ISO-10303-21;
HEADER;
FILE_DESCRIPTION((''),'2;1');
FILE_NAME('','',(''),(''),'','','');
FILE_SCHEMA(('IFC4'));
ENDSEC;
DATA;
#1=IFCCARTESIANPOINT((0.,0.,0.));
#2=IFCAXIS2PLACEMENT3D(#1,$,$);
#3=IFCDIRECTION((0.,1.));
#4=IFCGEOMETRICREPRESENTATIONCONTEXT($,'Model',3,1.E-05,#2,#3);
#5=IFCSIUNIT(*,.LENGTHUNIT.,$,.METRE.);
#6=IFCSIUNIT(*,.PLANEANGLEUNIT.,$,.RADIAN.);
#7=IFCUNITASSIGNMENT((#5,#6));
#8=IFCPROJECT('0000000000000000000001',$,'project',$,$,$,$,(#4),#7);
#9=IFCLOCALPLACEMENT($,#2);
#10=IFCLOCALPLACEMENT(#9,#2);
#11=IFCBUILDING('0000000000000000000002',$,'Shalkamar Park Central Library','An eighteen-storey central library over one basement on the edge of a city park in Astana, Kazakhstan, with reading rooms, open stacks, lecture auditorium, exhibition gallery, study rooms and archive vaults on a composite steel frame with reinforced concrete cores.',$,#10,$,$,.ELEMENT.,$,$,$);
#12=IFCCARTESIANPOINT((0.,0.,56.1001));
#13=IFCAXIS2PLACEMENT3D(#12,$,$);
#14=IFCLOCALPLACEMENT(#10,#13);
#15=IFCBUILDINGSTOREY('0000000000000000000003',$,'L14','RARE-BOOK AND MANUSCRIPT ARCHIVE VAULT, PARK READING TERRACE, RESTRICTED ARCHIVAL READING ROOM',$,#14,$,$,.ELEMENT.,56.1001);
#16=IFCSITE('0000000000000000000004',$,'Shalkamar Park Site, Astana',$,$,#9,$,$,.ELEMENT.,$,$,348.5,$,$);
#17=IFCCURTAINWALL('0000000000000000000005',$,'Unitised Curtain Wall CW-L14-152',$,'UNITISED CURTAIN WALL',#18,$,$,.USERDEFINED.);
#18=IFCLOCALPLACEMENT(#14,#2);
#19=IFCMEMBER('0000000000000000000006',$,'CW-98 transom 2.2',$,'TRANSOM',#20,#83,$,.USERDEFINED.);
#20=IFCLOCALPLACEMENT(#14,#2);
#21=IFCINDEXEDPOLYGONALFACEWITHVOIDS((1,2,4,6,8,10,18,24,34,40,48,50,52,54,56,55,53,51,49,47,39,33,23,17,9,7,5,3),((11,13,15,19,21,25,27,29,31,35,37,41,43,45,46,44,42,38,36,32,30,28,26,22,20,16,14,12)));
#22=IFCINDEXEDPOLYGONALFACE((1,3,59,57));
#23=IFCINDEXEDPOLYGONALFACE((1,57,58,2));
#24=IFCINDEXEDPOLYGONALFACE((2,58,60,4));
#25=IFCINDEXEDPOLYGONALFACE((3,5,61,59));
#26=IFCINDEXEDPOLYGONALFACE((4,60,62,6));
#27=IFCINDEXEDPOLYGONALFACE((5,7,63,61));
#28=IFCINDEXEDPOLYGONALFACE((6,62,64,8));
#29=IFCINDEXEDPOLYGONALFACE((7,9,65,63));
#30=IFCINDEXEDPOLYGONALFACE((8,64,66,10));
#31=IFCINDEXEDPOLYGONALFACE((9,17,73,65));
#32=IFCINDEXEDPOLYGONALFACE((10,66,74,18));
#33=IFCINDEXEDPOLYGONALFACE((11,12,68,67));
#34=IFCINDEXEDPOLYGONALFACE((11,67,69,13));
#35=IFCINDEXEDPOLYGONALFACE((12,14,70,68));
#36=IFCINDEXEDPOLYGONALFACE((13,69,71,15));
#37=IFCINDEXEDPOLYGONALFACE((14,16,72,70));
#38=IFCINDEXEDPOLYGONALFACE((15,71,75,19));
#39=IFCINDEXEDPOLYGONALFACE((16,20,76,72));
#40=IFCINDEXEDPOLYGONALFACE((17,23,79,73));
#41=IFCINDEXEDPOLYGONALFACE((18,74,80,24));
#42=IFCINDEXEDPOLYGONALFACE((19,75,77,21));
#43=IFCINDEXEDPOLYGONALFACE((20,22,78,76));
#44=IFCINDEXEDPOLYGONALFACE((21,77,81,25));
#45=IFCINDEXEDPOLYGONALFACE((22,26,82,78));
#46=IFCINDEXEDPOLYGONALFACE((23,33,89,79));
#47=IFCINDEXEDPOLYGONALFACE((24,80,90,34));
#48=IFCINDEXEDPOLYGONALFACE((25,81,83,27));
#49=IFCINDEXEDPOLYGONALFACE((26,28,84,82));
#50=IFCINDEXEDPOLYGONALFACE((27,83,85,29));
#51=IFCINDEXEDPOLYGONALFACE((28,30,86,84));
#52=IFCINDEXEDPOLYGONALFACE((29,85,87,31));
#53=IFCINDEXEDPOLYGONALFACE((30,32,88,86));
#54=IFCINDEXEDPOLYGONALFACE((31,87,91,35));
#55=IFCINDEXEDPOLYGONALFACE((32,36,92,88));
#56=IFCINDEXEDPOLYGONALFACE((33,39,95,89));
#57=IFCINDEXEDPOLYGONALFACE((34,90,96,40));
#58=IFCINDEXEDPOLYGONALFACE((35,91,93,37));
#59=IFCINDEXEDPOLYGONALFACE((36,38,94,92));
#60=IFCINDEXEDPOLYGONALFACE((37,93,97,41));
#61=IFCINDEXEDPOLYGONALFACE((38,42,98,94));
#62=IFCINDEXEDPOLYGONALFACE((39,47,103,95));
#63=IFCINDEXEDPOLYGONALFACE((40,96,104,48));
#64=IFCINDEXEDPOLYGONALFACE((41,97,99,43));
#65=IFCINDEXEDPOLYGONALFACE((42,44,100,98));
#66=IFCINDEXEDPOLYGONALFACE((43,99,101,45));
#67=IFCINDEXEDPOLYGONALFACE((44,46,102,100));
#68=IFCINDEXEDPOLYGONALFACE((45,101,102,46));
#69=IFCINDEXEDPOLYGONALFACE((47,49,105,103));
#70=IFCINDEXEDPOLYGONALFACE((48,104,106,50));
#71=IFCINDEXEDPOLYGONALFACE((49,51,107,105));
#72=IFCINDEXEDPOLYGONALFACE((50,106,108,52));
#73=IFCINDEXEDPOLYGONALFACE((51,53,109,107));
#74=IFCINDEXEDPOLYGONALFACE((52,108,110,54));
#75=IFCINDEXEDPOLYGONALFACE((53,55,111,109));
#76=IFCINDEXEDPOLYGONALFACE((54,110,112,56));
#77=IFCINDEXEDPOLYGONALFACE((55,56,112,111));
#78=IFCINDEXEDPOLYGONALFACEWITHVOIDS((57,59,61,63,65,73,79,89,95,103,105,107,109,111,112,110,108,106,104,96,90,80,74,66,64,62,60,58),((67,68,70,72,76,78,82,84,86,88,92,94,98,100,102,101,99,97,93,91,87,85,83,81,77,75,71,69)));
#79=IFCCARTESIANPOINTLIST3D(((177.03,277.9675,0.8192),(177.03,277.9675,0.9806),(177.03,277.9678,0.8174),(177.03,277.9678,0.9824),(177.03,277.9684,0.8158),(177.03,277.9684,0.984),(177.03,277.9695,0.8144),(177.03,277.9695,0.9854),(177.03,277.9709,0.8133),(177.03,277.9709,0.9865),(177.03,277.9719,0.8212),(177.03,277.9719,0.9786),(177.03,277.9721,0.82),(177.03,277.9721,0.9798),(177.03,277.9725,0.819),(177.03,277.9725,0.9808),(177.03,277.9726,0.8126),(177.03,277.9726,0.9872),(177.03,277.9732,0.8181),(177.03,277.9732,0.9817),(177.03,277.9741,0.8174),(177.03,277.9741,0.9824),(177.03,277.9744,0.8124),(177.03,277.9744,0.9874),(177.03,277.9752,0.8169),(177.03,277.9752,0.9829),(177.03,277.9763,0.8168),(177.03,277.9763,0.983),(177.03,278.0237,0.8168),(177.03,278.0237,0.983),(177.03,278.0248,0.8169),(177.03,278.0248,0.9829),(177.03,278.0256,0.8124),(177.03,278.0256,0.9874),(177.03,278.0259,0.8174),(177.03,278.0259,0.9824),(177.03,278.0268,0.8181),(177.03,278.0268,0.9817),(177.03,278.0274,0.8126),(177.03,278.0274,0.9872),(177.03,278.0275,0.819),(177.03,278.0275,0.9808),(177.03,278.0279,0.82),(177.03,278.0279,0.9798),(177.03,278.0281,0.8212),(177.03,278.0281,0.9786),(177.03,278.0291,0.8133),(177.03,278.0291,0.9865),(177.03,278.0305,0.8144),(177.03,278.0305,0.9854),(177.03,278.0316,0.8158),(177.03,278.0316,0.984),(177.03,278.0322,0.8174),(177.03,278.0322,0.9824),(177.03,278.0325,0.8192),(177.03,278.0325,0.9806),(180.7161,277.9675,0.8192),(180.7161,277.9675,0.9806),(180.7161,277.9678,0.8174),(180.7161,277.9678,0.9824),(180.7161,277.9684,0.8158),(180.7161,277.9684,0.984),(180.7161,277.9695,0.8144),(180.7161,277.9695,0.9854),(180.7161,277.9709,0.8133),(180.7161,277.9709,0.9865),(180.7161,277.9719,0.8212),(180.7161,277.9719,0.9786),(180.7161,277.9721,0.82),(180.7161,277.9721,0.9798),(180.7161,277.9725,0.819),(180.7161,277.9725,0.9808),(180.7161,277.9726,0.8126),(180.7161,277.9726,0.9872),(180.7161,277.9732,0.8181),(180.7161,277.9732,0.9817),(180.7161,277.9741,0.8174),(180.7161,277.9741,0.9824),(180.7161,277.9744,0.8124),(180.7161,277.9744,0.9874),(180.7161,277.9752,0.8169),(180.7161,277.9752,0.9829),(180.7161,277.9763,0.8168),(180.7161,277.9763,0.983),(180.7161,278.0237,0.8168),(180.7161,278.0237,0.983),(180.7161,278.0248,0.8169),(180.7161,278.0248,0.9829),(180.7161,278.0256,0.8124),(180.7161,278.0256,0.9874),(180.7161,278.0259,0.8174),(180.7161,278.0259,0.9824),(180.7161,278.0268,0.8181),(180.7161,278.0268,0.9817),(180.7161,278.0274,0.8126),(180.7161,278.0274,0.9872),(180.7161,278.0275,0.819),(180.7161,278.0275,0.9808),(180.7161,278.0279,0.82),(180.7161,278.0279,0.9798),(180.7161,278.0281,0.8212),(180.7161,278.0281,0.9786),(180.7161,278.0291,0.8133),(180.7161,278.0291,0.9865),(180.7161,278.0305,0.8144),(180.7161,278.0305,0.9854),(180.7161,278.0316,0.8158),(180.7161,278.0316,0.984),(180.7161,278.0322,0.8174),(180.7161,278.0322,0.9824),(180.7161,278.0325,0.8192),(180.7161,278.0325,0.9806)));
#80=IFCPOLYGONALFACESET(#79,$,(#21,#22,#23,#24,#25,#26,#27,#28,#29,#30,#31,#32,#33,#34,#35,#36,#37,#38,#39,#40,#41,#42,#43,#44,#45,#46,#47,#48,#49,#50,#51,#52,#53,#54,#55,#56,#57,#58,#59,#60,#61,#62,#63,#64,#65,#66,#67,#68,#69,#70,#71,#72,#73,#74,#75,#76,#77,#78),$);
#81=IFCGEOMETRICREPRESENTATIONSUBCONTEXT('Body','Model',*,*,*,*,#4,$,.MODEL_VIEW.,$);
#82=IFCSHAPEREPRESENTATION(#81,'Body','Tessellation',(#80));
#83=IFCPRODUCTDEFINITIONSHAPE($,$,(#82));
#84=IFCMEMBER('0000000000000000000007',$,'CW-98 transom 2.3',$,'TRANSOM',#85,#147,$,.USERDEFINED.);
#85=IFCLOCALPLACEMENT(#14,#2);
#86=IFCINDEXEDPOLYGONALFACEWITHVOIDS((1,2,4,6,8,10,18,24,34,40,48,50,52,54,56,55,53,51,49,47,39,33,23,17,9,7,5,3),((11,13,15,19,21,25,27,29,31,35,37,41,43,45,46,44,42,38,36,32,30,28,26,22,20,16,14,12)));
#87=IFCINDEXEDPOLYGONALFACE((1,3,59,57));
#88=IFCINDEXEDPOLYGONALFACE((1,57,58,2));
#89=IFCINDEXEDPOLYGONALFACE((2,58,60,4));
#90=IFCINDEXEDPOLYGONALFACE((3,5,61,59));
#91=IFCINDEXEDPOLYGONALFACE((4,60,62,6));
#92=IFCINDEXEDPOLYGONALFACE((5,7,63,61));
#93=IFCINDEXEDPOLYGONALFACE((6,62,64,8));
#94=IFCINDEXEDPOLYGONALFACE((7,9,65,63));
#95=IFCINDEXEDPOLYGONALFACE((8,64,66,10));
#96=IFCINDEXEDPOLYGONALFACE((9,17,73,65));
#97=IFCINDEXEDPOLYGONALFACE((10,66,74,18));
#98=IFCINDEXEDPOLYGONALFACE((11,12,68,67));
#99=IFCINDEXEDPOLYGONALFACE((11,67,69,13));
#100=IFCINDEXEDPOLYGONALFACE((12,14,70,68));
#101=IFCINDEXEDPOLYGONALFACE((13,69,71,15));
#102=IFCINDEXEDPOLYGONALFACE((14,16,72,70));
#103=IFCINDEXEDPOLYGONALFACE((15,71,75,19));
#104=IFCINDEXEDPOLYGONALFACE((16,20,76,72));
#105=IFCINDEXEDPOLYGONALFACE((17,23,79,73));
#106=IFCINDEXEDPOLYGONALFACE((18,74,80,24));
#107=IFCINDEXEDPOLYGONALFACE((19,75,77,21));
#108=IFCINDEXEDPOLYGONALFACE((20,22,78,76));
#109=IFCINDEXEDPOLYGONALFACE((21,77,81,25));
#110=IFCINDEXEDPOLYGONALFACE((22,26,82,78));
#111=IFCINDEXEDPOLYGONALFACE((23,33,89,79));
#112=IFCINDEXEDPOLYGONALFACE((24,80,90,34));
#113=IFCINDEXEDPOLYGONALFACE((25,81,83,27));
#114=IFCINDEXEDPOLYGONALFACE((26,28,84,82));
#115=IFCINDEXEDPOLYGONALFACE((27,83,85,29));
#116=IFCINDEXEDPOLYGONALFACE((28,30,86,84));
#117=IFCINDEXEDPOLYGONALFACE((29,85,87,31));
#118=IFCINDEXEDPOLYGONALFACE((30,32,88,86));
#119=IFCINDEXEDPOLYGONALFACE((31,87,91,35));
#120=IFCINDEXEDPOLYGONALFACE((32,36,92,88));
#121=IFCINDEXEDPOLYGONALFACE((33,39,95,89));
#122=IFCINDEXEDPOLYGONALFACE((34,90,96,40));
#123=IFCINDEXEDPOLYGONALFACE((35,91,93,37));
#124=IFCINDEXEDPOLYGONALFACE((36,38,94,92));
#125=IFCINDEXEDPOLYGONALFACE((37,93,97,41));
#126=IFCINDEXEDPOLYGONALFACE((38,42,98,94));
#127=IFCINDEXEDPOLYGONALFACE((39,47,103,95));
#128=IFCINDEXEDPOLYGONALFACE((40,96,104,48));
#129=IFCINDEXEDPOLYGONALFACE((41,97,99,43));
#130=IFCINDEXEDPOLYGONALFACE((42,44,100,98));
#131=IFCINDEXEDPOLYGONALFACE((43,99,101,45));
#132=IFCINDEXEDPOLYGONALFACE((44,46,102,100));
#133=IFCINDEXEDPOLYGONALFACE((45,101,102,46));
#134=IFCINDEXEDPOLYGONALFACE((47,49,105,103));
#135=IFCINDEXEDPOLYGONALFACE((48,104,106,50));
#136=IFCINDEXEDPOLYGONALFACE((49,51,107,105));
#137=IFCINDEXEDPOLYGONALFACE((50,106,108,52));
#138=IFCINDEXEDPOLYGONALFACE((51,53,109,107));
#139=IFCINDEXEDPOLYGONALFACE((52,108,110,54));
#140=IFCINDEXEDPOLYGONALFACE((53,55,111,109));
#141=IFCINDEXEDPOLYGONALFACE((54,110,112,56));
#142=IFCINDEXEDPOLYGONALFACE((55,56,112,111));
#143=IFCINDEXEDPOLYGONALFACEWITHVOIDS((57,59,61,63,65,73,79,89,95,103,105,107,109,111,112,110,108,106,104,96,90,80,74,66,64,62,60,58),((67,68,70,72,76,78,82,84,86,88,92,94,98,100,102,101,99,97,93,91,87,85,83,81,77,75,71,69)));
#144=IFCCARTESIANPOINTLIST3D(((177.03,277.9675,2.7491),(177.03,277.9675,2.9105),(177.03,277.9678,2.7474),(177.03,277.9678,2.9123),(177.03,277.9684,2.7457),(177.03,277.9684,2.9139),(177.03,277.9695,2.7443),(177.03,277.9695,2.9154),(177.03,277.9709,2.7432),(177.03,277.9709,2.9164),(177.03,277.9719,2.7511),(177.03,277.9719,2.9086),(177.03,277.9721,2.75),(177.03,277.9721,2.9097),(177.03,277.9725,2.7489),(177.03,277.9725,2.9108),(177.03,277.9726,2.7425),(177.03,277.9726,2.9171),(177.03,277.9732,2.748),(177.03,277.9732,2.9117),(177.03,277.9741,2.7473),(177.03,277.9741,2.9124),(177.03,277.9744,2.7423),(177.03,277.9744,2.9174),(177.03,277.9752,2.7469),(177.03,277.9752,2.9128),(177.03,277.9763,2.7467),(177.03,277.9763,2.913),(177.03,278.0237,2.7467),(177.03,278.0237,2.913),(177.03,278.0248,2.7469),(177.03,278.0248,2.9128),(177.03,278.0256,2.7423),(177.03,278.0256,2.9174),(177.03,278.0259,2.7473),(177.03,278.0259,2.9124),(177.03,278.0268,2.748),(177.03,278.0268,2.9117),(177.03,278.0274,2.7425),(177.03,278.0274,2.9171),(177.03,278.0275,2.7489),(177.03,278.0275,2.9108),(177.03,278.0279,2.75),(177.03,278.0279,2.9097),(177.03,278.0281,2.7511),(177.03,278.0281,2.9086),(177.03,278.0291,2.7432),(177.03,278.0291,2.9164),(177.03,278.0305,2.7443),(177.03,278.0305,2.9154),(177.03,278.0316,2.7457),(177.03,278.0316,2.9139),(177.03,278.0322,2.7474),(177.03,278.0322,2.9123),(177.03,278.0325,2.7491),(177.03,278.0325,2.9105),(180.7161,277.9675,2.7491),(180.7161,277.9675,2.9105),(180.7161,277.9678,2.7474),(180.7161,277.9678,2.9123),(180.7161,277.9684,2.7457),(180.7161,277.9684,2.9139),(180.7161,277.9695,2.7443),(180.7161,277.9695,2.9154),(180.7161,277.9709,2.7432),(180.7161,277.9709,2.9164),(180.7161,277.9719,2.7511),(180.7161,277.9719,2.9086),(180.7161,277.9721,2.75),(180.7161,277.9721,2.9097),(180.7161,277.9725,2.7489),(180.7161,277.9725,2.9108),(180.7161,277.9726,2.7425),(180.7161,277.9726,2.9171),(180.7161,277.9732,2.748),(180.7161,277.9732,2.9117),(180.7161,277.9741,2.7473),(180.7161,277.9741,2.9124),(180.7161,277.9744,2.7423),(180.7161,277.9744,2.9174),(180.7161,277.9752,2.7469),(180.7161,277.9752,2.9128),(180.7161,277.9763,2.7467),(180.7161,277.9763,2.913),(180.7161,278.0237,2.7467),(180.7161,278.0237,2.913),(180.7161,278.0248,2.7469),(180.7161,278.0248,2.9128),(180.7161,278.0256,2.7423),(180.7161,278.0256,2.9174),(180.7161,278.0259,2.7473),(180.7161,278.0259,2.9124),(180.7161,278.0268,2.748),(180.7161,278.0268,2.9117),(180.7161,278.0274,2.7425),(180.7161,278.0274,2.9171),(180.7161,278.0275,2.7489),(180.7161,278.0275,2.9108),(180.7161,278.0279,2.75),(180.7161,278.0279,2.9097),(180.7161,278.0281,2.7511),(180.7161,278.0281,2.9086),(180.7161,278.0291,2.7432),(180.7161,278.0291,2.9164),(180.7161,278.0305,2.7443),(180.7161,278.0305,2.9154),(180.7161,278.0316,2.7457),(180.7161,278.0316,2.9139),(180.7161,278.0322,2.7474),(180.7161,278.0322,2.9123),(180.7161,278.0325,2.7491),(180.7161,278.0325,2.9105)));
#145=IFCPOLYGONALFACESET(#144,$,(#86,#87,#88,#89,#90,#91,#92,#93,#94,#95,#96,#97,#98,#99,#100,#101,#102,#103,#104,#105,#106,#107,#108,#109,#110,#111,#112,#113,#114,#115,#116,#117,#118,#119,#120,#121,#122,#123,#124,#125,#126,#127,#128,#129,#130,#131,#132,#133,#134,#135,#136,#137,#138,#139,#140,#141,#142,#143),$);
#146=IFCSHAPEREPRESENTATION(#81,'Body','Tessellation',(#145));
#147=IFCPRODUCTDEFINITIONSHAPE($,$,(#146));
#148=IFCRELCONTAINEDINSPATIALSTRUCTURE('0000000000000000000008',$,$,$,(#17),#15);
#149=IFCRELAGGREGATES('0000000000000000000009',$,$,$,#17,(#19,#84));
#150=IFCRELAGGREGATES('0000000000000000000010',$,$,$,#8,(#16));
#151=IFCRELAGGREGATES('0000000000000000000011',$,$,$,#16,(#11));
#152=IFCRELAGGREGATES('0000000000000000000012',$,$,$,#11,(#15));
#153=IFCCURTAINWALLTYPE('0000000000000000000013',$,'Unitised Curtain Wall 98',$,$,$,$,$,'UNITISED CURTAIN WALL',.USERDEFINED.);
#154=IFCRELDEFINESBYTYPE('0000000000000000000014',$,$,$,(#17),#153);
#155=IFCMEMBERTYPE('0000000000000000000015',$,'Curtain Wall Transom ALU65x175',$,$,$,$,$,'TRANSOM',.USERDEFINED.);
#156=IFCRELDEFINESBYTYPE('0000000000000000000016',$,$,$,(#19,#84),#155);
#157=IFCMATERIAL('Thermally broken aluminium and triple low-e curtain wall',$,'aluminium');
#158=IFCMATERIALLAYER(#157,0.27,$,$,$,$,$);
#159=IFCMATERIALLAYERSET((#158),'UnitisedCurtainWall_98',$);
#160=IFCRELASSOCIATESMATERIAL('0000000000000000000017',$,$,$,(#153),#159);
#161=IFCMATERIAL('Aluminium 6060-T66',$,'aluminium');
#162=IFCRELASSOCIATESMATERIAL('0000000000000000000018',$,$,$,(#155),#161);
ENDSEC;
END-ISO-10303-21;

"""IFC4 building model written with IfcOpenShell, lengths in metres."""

from ifc_helpers import new_model, si_unit, direction, frame, origin, origin_2d, place, context, subcontext, project, spatial, hollow_rectangle, extrude, material, layer, layer_set, material_profile, profile_set, type_object, element, aggregate, save


model = new_model("IFC4")

# Units and contexts
model_context = context("Model", 3, precision=1e-05, world=origin(), true_north=direction((0.0, 1.0)))
body_context = subcontext(model_context, "Body", "Model", "MODEL_VIEW")
ifc_project = project(units=[si_unit("LENGTHUNIT", "METRE"), si_unit("PLANEANGLEUNIT", "RADIAN")], contexts=[model_context])

# Site, building, storey
site_placement = place(None, origin())
site = spatial("IfcSite", under=ifc_project, at=site_placement, Name="Shalkamar Park Site, Astana", CompositionType="ELEMENT", RefElevation=348.5)
building_placement = place(site_placement, origin())
building = spatial("IfcBuilding", under=site, at=building_placement, Name="Shalkamar Park Central Library", Description="An eighteen-storey central library over one basement on the edge of a city park in Astana, Kazakhstan, with reading rooms, open stacks, lecture auditorium, exhibition gallery, study rooms and archive vaults on a composite steel frame with reinforced concrete cores.", CompositionType="ELEMENT")
storey_placement = place(building_placement, frame((0.0, 0.0, 56.1001)))
storey = spatial("IfcBuildingStorey", under=building, at=storey_placement, Name="L14", Description="RARE-BOOK AND MANUSCRIPT ARCHIVE VAULT, PARK READING TERRACE, RESTRICTED ARCHIVAL READING ROOM", CompositionType="ELEMENT", Elevation=56.1001)

# Curtain wall
ifc_material_1 = material(Name="Thermally broken aluminium and triple low-e curtain wall", Category="aluminium")
ifc_layer_1 = layer(ifc_material_1, 0.27)
ifc_layer_set_1 = layer_set([ifc_layer_1], Name="UnitisedCurtainWall_98")
curtain_wall_type_1 = type_object("IfcCurtainWallType", Name="Unitised Curtain Wall 98", ElementType="UNITISED CURTAIN WALL", PredefinedType="USERDEFINED", material=ifc_layer_set_1)
curtain_wall_1_placement = place(storey_placement, origin())
curtain_wall_1 = element("IfcCurtainWall", 1, at=curtain_wall_1_placement, inside=storey, type_object=curtain_wall_type_1, Name="Unitised Curtain Wall CW-L14-152", ObjectType="UNITISED CURTAIN WALL", PredefinedType="USERDEFINED")
ifc_material_2 = material(Name="Aluminium 6060-T66", Category="aluminium")

# Members
ifc_material_profile_1 = material_profile(ifc_material_2, hollow_rectangle(XDim=0.0649, YDim=0.175, WallThickness=0.0044, InnerFilletRadius=0.0044, OuterFilletRadius=0.0068, at=origin_2d()), Name="ALU 65x175x4.5")
ifc_profile_set_1 = profile_set([ifc_material_profile_1], Name="Aluminium 6060-T66")
member_type_1 = type_object("IfcMemberType", Name="Curtain Wall Transom ALU65x175", ElementType="TRANSOM", PredefinedType="USERDEFINED", material=ifc_profile_set_1)
member_1_placement = place(storey_placement, frame((177.03, 278.0, 0.8999), z_axis=(1.0, 0.0, 0.0), x_axis=(0.0, 1.0, 0.0)))
member_1 = element("IfcMember", 2, at=member_1_placement, type_object=member_type_1, Name="CW-98 transom 2.2", ObjectType="TRANSOM", PredefinedType="USERDEFINED", context=body_context, shape_type="SweptSolid", body=[
    extrude(hollow_rectangle(XDim=0.0649, YDim=0.175, WallThickness=0.0044, InnerFilletRadius=0.0044, OuterFilletRadius=0.0068, at=origin_2d()), origin(), (0.0, 0.0, 1.0), 3.686),
])
member_2_placement = place(storey_placement, frame((177.03, 278.0, 2.8298), z_axis=(1.0, 0.0, 0.0), x_axis=(0.0, 1.0, 0.0)))
member_2 = element("IfcMember", 3, at=member_2_placement, type_object=member_type_1, Name="CW-98 transom 2.3", ObjectType="TRANSOM", PredefinedType="USERDEFINED", context=body_context, shape_type="SweptSolid", body=[
    extrude(hollow_rectangle(XDim=0.0649, YDim=0.175, WallThickness=0.0044, InnerFilletRadius=0.0044, OuterFilletRadius=0.0068, at=origin_2d()), origin(), (0.0, 0.0, 1.0), 3.686),
])

aggregate(curtain_wall_1, [member_1, member_2])

save(model, "model.ifc")
